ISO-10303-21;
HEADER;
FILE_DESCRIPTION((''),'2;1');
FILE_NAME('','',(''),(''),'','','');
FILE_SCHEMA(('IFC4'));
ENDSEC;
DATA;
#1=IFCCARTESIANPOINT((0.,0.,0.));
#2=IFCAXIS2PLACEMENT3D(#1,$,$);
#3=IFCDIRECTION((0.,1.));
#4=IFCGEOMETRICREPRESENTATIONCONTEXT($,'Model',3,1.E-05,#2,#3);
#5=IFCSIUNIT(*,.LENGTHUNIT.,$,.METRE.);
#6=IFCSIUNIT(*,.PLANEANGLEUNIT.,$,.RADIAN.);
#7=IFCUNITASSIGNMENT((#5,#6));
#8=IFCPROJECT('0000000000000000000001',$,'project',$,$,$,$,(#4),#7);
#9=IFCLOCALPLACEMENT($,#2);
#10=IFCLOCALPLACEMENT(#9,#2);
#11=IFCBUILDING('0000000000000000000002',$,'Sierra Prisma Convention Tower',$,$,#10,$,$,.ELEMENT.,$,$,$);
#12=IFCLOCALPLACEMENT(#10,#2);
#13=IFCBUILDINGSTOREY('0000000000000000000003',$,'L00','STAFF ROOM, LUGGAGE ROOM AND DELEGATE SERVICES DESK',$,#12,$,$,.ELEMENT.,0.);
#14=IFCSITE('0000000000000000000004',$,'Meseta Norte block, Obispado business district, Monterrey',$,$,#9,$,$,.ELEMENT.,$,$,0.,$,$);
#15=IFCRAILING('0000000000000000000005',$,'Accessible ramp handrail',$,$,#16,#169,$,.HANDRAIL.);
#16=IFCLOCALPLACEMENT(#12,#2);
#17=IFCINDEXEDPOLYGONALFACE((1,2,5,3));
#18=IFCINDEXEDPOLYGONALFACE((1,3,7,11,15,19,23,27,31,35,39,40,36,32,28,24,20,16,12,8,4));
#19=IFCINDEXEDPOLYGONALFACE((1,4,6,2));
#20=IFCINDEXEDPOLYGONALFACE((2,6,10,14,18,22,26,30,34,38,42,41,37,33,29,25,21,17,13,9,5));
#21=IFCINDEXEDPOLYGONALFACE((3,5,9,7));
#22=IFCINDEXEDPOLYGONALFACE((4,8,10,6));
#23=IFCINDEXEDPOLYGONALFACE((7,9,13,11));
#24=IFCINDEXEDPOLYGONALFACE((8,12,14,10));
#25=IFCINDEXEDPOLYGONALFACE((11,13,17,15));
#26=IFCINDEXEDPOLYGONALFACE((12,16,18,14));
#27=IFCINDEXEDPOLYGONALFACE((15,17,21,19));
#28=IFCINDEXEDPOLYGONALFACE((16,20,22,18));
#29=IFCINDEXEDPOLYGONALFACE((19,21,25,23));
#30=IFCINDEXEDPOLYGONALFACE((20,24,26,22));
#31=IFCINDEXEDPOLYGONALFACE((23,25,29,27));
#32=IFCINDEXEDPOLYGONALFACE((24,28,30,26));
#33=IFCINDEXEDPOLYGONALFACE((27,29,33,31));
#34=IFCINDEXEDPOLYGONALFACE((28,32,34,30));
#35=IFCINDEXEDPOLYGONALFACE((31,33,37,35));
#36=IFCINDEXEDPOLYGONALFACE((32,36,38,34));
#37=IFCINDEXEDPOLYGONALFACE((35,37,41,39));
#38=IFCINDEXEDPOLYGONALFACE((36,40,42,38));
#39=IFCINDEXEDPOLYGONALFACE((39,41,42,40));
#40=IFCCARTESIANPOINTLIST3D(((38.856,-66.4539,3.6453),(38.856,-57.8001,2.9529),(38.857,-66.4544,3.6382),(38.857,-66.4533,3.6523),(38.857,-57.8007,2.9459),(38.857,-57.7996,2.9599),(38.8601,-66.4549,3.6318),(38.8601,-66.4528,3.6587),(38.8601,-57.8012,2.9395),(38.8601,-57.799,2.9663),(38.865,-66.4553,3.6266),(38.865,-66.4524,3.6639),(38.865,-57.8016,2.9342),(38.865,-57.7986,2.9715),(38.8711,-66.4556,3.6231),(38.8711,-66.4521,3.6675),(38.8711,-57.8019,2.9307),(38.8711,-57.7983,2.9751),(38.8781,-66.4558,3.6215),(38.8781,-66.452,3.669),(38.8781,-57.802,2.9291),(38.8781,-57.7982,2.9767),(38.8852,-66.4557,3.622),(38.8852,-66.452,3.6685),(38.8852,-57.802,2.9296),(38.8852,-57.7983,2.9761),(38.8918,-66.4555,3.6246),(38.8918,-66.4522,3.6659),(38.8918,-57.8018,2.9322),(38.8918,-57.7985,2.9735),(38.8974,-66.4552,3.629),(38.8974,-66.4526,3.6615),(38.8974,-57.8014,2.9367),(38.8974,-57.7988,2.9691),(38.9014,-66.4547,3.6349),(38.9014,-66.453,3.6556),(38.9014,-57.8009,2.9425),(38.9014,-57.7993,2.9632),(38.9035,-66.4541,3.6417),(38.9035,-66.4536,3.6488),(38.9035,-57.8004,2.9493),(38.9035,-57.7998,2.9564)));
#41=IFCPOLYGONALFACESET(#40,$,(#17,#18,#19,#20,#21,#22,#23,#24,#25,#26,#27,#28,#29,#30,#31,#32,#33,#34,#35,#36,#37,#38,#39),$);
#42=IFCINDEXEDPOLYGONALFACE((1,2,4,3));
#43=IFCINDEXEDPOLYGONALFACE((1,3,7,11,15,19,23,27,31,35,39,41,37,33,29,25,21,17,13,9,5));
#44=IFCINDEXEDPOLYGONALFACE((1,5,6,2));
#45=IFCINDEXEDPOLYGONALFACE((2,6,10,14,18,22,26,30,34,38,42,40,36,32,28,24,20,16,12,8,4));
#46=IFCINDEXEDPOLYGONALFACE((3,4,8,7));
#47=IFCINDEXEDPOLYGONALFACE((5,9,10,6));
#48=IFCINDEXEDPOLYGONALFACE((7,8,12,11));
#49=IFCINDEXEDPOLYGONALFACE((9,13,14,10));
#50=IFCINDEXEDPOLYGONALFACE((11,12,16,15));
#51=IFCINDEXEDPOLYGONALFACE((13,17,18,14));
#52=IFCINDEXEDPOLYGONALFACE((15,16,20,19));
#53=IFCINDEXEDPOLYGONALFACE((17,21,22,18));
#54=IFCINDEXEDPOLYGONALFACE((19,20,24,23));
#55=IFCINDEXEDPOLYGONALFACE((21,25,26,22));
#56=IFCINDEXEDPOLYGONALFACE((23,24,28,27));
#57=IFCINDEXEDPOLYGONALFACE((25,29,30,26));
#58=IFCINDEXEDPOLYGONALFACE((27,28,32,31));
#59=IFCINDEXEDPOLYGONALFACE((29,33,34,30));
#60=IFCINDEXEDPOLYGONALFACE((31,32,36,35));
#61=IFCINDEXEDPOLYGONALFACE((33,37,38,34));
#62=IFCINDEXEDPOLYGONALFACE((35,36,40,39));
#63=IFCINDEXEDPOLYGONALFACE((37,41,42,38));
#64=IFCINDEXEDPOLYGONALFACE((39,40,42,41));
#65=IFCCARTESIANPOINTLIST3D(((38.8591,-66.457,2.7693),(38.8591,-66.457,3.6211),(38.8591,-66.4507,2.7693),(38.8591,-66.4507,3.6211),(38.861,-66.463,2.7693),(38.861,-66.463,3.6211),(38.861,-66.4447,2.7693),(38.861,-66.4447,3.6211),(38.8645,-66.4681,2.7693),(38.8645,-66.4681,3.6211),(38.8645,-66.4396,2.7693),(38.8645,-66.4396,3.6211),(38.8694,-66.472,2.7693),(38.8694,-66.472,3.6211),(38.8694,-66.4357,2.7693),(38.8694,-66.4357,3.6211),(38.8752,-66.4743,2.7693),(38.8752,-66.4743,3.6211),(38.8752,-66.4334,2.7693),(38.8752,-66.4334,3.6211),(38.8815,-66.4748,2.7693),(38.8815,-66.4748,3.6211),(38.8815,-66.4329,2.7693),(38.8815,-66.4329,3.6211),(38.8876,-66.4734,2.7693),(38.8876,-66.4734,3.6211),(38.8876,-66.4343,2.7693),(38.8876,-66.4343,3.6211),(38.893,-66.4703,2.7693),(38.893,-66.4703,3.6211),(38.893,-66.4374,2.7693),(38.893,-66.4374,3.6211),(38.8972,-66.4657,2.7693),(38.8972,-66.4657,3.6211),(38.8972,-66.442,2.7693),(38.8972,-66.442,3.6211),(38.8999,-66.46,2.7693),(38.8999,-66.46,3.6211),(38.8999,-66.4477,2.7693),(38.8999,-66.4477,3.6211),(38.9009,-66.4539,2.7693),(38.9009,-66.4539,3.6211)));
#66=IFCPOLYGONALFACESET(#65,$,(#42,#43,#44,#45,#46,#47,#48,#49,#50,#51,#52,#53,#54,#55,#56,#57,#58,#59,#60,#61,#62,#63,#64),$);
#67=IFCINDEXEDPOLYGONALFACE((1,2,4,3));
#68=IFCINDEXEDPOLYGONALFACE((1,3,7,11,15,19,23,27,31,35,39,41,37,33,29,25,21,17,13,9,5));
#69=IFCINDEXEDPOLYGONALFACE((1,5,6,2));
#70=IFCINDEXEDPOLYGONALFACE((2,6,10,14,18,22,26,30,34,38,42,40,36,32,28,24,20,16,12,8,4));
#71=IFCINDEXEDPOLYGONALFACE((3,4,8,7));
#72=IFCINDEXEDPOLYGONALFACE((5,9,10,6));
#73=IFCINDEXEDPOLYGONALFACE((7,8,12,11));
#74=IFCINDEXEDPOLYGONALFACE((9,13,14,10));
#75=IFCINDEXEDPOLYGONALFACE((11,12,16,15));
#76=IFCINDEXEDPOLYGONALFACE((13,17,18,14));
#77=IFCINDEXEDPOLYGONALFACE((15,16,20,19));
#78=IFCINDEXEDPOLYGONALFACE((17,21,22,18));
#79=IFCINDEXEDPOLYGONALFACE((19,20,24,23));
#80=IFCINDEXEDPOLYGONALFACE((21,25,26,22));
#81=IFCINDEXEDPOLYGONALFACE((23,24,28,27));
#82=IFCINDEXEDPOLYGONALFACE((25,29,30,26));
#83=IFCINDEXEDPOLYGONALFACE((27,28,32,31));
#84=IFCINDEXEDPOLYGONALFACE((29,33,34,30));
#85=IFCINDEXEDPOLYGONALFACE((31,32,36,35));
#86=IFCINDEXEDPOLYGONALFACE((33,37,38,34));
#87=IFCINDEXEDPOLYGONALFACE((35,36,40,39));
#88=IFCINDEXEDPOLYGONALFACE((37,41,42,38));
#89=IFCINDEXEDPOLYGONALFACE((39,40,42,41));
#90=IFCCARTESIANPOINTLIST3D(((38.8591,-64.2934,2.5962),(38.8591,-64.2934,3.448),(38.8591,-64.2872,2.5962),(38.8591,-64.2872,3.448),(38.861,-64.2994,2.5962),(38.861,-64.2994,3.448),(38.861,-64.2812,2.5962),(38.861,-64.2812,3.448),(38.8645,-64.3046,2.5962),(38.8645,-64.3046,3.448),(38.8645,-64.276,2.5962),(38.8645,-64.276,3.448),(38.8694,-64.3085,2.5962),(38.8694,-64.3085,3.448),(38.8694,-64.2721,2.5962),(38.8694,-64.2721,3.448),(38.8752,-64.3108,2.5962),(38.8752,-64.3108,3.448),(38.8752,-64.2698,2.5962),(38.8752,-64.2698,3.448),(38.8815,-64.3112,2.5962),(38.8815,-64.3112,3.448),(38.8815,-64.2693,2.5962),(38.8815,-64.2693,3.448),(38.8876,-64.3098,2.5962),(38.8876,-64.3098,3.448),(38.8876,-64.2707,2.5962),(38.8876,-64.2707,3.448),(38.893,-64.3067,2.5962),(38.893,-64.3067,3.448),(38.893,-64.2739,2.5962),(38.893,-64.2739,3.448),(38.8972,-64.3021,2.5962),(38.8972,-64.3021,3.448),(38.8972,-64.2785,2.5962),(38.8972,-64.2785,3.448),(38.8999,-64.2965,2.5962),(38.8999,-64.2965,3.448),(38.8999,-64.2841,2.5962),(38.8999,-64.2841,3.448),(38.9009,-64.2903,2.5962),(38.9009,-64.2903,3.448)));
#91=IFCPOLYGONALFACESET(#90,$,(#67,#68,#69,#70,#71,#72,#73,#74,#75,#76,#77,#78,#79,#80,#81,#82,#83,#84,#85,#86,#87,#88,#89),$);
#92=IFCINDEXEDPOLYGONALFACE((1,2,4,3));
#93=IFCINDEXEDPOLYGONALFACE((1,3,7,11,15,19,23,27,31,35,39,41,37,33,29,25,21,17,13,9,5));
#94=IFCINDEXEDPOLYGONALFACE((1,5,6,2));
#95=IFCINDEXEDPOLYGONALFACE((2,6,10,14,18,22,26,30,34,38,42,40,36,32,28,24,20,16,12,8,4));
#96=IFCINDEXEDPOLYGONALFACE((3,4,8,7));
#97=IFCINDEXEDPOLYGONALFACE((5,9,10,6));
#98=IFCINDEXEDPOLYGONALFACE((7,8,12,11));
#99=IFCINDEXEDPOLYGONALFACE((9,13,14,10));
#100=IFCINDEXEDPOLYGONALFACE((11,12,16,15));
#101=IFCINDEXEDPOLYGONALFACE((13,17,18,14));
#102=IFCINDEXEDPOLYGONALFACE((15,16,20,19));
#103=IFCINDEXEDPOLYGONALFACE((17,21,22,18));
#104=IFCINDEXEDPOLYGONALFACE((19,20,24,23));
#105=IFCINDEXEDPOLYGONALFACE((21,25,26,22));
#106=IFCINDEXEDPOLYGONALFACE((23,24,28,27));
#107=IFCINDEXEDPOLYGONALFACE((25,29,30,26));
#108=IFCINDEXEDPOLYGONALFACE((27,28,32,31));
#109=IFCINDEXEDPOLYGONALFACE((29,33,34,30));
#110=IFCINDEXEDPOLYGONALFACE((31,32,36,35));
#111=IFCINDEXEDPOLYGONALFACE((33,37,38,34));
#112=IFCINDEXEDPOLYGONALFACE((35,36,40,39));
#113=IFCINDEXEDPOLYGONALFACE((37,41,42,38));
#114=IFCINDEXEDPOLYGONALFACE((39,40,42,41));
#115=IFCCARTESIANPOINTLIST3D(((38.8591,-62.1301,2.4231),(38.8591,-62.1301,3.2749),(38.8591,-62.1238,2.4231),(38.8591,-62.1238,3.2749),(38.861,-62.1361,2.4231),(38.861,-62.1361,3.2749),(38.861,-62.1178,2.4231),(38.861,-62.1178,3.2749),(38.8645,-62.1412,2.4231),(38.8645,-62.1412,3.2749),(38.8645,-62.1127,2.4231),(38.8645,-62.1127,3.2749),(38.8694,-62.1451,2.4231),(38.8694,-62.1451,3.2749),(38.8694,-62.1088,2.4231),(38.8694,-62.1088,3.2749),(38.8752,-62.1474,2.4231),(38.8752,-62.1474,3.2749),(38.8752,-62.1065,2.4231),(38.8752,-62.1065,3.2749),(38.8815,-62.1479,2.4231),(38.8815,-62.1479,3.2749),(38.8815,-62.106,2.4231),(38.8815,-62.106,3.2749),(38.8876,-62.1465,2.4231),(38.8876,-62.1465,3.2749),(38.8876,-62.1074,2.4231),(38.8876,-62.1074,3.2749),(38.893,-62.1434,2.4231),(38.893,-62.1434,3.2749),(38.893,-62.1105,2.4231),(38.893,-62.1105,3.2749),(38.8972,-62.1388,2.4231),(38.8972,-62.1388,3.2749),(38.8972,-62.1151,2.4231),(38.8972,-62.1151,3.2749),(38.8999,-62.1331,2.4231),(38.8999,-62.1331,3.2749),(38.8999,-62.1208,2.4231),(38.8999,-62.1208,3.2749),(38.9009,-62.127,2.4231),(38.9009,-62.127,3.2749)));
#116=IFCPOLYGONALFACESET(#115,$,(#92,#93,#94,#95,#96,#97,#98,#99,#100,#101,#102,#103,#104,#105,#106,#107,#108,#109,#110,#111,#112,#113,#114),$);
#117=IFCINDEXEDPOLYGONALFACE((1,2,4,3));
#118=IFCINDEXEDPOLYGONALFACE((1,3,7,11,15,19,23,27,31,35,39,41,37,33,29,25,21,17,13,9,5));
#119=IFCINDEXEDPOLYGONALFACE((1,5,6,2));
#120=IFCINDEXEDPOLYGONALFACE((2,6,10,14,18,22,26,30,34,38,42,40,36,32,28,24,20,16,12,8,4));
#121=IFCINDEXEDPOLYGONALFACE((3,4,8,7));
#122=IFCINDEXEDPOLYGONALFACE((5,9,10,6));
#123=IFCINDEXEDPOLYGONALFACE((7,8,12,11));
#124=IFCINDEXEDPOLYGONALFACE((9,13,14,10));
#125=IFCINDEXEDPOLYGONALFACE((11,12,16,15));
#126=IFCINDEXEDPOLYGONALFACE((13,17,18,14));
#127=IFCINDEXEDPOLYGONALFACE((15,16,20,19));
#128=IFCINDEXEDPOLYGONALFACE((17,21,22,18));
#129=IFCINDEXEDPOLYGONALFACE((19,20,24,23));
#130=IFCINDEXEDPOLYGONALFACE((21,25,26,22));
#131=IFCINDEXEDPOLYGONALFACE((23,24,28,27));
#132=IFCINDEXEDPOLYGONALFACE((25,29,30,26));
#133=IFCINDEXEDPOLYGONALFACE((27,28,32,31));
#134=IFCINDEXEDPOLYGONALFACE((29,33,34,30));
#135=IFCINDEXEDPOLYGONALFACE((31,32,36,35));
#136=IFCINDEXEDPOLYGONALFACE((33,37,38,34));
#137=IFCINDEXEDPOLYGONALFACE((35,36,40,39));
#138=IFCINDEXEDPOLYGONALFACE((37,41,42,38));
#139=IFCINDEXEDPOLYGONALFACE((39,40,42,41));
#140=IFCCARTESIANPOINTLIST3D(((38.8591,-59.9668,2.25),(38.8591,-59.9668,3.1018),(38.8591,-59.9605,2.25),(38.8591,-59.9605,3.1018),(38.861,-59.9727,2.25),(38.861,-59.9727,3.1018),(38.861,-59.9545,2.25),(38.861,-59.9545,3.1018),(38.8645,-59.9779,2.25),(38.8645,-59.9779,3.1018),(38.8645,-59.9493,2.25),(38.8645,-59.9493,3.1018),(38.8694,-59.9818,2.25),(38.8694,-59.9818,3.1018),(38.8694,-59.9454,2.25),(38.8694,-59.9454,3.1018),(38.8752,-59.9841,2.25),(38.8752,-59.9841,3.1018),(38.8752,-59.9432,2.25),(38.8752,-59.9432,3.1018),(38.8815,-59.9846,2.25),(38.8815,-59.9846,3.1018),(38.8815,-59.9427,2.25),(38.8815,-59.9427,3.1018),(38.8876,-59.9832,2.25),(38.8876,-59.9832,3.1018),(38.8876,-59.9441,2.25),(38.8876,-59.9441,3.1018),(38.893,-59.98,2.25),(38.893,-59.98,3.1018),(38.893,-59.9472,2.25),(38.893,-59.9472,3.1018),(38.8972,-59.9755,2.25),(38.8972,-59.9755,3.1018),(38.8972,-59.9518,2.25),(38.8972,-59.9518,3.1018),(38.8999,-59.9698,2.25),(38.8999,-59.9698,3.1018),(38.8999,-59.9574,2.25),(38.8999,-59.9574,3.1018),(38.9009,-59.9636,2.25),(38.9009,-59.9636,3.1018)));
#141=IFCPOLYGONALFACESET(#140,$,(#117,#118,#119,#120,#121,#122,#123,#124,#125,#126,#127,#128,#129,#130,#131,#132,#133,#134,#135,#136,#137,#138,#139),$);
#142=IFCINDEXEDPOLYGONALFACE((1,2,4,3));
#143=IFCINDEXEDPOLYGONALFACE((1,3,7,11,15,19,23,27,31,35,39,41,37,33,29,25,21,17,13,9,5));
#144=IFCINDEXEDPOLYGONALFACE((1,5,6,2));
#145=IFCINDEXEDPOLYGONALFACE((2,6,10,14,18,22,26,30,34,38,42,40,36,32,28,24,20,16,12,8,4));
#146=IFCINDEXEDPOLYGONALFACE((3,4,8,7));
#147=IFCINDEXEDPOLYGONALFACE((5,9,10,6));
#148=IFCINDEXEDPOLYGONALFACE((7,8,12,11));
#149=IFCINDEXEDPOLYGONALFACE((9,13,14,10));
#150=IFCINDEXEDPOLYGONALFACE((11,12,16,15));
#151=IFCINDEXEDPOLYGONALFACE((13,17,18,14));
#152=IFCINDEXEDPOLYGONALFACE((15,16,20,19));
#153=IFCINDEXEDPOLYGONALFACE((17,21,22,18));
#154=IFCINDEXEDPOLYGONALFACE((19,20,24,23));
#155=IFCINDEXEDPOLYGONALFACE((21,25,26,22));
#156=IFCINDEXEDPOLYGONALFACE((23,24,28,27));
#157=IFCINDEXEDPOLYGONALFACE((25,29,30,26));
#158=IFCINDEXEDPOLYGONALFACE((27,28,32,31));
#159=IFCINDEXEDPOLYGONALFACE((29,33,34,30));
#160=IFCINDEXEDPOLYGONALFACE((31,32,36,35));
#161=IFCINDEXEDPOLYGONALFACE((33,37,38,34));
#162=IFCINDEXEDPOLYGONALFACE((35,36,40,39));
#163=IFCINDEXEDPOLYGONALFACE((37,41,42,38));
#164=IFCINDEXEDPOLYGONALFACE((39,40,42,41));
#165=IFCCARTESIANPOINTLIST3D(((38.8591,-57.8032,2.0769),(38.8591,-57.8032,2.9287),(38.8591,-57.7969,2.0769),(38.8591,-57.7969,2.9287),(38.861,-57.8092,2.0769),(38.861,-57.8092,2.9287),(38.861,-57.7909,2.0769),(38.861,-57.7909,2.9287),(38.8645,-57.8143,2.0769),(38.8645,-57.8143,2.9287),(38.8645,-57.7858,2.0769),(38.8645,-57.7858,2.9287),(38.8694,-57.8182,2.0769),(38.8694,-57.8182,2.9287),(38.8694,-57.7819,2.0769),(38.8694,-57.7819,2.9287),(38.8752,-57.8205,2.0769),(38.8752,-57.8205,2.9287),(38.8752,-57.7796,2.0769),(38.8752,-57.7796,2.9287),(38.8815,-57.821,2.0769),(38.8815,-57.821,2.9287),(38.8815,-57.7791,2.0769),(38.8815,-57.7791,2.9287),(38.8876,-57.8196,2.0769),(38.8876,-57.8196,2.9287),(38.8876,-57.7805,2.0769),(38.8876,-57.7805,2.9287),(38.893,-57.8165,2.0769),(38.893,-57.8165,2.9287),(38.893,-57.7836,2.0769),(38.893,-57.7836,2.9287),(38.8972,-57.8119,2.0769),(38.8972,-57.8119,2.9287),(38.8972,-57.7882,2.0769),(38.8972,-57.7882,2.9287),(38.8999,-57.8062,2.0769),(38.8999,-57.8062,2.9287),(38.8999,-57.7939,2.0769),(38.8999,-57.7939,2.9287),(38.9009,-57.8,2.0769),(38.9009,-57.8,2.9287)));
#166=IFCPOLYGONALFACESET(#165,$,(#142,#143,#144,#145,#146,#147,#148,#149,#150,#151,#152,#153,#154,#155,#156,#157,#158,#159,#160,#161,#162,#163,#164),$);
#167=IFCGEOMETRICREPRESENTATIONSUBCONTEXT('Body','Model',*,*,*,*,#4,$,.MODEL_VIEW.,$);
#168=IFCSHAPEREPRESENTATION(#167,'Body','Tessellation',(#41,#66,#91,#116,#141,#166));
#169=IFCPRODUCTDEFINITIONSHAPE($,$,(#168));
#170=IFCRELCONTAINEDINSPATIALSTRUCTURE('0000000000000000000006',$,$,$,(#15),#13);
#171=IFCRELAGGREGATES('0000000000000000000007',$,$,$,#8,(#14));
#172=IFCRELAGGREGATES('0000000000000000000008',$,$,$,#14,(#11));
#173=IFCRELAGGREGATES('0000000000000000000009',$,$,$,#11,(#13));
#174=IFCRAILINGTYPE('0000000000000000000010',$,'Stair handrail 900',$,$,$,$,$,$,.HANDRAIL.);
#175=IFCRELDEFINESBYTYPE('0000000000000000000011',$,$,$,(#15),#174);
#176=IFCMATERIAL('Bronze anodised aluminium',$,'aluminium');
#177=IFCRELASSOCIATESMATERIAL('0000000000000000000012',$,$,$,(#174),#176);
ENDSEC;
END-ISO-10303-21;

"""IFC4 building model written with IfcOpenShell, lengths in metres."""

from ifc_helpers import new_model, si_unit, direction, frame, origin, origin_2d, place, context, subcontext, project, spatial, circle, extrude, material, type_object, element, save


model = new_model("IFC4")

# Units and contexts
model_context = context("Model", 3, precision=1e-05, world=origin(), true_north=direction((0.0, 1.0)))
body_context = subcontext(model_context, "Body", "Model", "MODEL_VIEW")
ifc_project = project(units=[si_unit("LENGTHUNIT", "METRE"), si_unit("PLANEANGLEUNIT", "RADIAN")], contexts=[model_context])

# Site, building, storey
site_placement = place(None, origin())
site = spatial("IfcSite", under=ifc_project, at=site_placement, Name="Meseta Norte block, Obispado business district, Monterrey", CompositionType="ELEMENT", RefElevation=0.0)
building_placement = place(site_placement, origin())
building = spatial("IfcBuilding", under=site, at=building_placement, Name="Sierra Prisma Convention Tower", CompositionType="ELEMENT")
storey_placement = place(building_placement, origin())
storey = spatial("IfcBuildingStorey", under=building, at=storey_placement, Name="L00", Description="STAFF ROOM, LUGGAGE ROOM AND DELEGATE SERVICES DESK", CompositionType="ELEMENT", Elevation=0.0)

# Railing
ifc_material_1 = material(Name="Bronze anodised aluminium", Category="aluminium")
railing_type_1 = type_object("IfcRailingType", Name="Stair handrail 900", PredefinedType="HANDRAIL", material=ifc_material_1)
railing_1_placement = place(storey_placement, frame((38.8799, -66.4539, 2.7693)))
element("IfcRailing", 1, at=railing_1_placement, inside=storey, type_object=railing_type_1, Name="Accessible ramp handrail", PredefinedType="HANDRAIL", context=body_context, shape_type="SweptSolid", body=[
    extrude(circle(Radius=0.0239, at=origin_2d()), frame((0.0, 0.0, 0.876), z_axis=(0.0, 0.996815, -0.079754), x_axis=(-1.0, 0.0, 0.0)), (0.0, 0.0, 1.0), 8.6814),
    extrude(circle(Radius=0.021, at=origin_2d()), origin(), (0.0, 0.0, 1.0), 0.8518),
    extrude(circle(Radius=0.021, at=origin_2d()), frame((0.0, 2.1636, -0.1731)), (0.0, 0.0, 1.0), 0.8518),
    extrude(circle(Radius=0.021, at=origin_2d()), frame((0.0, 4.3269, -0.3462)), (0.0, 0.0, 1.0), 0.8518),
    extrude(circle(Radius=0.021, at=origin_2d()), frame((0.0, 6.4902, -0.5193)), (0.0, 0.0, 1.0), 0.8518),
    extrude(circle(Radius=0.021, at=origin_2d()), frame((0.0, 8.6538, -0.6924)), (0.0, 0.0, 1.0), 0.8518),
])

save(model, "model.ifc")
